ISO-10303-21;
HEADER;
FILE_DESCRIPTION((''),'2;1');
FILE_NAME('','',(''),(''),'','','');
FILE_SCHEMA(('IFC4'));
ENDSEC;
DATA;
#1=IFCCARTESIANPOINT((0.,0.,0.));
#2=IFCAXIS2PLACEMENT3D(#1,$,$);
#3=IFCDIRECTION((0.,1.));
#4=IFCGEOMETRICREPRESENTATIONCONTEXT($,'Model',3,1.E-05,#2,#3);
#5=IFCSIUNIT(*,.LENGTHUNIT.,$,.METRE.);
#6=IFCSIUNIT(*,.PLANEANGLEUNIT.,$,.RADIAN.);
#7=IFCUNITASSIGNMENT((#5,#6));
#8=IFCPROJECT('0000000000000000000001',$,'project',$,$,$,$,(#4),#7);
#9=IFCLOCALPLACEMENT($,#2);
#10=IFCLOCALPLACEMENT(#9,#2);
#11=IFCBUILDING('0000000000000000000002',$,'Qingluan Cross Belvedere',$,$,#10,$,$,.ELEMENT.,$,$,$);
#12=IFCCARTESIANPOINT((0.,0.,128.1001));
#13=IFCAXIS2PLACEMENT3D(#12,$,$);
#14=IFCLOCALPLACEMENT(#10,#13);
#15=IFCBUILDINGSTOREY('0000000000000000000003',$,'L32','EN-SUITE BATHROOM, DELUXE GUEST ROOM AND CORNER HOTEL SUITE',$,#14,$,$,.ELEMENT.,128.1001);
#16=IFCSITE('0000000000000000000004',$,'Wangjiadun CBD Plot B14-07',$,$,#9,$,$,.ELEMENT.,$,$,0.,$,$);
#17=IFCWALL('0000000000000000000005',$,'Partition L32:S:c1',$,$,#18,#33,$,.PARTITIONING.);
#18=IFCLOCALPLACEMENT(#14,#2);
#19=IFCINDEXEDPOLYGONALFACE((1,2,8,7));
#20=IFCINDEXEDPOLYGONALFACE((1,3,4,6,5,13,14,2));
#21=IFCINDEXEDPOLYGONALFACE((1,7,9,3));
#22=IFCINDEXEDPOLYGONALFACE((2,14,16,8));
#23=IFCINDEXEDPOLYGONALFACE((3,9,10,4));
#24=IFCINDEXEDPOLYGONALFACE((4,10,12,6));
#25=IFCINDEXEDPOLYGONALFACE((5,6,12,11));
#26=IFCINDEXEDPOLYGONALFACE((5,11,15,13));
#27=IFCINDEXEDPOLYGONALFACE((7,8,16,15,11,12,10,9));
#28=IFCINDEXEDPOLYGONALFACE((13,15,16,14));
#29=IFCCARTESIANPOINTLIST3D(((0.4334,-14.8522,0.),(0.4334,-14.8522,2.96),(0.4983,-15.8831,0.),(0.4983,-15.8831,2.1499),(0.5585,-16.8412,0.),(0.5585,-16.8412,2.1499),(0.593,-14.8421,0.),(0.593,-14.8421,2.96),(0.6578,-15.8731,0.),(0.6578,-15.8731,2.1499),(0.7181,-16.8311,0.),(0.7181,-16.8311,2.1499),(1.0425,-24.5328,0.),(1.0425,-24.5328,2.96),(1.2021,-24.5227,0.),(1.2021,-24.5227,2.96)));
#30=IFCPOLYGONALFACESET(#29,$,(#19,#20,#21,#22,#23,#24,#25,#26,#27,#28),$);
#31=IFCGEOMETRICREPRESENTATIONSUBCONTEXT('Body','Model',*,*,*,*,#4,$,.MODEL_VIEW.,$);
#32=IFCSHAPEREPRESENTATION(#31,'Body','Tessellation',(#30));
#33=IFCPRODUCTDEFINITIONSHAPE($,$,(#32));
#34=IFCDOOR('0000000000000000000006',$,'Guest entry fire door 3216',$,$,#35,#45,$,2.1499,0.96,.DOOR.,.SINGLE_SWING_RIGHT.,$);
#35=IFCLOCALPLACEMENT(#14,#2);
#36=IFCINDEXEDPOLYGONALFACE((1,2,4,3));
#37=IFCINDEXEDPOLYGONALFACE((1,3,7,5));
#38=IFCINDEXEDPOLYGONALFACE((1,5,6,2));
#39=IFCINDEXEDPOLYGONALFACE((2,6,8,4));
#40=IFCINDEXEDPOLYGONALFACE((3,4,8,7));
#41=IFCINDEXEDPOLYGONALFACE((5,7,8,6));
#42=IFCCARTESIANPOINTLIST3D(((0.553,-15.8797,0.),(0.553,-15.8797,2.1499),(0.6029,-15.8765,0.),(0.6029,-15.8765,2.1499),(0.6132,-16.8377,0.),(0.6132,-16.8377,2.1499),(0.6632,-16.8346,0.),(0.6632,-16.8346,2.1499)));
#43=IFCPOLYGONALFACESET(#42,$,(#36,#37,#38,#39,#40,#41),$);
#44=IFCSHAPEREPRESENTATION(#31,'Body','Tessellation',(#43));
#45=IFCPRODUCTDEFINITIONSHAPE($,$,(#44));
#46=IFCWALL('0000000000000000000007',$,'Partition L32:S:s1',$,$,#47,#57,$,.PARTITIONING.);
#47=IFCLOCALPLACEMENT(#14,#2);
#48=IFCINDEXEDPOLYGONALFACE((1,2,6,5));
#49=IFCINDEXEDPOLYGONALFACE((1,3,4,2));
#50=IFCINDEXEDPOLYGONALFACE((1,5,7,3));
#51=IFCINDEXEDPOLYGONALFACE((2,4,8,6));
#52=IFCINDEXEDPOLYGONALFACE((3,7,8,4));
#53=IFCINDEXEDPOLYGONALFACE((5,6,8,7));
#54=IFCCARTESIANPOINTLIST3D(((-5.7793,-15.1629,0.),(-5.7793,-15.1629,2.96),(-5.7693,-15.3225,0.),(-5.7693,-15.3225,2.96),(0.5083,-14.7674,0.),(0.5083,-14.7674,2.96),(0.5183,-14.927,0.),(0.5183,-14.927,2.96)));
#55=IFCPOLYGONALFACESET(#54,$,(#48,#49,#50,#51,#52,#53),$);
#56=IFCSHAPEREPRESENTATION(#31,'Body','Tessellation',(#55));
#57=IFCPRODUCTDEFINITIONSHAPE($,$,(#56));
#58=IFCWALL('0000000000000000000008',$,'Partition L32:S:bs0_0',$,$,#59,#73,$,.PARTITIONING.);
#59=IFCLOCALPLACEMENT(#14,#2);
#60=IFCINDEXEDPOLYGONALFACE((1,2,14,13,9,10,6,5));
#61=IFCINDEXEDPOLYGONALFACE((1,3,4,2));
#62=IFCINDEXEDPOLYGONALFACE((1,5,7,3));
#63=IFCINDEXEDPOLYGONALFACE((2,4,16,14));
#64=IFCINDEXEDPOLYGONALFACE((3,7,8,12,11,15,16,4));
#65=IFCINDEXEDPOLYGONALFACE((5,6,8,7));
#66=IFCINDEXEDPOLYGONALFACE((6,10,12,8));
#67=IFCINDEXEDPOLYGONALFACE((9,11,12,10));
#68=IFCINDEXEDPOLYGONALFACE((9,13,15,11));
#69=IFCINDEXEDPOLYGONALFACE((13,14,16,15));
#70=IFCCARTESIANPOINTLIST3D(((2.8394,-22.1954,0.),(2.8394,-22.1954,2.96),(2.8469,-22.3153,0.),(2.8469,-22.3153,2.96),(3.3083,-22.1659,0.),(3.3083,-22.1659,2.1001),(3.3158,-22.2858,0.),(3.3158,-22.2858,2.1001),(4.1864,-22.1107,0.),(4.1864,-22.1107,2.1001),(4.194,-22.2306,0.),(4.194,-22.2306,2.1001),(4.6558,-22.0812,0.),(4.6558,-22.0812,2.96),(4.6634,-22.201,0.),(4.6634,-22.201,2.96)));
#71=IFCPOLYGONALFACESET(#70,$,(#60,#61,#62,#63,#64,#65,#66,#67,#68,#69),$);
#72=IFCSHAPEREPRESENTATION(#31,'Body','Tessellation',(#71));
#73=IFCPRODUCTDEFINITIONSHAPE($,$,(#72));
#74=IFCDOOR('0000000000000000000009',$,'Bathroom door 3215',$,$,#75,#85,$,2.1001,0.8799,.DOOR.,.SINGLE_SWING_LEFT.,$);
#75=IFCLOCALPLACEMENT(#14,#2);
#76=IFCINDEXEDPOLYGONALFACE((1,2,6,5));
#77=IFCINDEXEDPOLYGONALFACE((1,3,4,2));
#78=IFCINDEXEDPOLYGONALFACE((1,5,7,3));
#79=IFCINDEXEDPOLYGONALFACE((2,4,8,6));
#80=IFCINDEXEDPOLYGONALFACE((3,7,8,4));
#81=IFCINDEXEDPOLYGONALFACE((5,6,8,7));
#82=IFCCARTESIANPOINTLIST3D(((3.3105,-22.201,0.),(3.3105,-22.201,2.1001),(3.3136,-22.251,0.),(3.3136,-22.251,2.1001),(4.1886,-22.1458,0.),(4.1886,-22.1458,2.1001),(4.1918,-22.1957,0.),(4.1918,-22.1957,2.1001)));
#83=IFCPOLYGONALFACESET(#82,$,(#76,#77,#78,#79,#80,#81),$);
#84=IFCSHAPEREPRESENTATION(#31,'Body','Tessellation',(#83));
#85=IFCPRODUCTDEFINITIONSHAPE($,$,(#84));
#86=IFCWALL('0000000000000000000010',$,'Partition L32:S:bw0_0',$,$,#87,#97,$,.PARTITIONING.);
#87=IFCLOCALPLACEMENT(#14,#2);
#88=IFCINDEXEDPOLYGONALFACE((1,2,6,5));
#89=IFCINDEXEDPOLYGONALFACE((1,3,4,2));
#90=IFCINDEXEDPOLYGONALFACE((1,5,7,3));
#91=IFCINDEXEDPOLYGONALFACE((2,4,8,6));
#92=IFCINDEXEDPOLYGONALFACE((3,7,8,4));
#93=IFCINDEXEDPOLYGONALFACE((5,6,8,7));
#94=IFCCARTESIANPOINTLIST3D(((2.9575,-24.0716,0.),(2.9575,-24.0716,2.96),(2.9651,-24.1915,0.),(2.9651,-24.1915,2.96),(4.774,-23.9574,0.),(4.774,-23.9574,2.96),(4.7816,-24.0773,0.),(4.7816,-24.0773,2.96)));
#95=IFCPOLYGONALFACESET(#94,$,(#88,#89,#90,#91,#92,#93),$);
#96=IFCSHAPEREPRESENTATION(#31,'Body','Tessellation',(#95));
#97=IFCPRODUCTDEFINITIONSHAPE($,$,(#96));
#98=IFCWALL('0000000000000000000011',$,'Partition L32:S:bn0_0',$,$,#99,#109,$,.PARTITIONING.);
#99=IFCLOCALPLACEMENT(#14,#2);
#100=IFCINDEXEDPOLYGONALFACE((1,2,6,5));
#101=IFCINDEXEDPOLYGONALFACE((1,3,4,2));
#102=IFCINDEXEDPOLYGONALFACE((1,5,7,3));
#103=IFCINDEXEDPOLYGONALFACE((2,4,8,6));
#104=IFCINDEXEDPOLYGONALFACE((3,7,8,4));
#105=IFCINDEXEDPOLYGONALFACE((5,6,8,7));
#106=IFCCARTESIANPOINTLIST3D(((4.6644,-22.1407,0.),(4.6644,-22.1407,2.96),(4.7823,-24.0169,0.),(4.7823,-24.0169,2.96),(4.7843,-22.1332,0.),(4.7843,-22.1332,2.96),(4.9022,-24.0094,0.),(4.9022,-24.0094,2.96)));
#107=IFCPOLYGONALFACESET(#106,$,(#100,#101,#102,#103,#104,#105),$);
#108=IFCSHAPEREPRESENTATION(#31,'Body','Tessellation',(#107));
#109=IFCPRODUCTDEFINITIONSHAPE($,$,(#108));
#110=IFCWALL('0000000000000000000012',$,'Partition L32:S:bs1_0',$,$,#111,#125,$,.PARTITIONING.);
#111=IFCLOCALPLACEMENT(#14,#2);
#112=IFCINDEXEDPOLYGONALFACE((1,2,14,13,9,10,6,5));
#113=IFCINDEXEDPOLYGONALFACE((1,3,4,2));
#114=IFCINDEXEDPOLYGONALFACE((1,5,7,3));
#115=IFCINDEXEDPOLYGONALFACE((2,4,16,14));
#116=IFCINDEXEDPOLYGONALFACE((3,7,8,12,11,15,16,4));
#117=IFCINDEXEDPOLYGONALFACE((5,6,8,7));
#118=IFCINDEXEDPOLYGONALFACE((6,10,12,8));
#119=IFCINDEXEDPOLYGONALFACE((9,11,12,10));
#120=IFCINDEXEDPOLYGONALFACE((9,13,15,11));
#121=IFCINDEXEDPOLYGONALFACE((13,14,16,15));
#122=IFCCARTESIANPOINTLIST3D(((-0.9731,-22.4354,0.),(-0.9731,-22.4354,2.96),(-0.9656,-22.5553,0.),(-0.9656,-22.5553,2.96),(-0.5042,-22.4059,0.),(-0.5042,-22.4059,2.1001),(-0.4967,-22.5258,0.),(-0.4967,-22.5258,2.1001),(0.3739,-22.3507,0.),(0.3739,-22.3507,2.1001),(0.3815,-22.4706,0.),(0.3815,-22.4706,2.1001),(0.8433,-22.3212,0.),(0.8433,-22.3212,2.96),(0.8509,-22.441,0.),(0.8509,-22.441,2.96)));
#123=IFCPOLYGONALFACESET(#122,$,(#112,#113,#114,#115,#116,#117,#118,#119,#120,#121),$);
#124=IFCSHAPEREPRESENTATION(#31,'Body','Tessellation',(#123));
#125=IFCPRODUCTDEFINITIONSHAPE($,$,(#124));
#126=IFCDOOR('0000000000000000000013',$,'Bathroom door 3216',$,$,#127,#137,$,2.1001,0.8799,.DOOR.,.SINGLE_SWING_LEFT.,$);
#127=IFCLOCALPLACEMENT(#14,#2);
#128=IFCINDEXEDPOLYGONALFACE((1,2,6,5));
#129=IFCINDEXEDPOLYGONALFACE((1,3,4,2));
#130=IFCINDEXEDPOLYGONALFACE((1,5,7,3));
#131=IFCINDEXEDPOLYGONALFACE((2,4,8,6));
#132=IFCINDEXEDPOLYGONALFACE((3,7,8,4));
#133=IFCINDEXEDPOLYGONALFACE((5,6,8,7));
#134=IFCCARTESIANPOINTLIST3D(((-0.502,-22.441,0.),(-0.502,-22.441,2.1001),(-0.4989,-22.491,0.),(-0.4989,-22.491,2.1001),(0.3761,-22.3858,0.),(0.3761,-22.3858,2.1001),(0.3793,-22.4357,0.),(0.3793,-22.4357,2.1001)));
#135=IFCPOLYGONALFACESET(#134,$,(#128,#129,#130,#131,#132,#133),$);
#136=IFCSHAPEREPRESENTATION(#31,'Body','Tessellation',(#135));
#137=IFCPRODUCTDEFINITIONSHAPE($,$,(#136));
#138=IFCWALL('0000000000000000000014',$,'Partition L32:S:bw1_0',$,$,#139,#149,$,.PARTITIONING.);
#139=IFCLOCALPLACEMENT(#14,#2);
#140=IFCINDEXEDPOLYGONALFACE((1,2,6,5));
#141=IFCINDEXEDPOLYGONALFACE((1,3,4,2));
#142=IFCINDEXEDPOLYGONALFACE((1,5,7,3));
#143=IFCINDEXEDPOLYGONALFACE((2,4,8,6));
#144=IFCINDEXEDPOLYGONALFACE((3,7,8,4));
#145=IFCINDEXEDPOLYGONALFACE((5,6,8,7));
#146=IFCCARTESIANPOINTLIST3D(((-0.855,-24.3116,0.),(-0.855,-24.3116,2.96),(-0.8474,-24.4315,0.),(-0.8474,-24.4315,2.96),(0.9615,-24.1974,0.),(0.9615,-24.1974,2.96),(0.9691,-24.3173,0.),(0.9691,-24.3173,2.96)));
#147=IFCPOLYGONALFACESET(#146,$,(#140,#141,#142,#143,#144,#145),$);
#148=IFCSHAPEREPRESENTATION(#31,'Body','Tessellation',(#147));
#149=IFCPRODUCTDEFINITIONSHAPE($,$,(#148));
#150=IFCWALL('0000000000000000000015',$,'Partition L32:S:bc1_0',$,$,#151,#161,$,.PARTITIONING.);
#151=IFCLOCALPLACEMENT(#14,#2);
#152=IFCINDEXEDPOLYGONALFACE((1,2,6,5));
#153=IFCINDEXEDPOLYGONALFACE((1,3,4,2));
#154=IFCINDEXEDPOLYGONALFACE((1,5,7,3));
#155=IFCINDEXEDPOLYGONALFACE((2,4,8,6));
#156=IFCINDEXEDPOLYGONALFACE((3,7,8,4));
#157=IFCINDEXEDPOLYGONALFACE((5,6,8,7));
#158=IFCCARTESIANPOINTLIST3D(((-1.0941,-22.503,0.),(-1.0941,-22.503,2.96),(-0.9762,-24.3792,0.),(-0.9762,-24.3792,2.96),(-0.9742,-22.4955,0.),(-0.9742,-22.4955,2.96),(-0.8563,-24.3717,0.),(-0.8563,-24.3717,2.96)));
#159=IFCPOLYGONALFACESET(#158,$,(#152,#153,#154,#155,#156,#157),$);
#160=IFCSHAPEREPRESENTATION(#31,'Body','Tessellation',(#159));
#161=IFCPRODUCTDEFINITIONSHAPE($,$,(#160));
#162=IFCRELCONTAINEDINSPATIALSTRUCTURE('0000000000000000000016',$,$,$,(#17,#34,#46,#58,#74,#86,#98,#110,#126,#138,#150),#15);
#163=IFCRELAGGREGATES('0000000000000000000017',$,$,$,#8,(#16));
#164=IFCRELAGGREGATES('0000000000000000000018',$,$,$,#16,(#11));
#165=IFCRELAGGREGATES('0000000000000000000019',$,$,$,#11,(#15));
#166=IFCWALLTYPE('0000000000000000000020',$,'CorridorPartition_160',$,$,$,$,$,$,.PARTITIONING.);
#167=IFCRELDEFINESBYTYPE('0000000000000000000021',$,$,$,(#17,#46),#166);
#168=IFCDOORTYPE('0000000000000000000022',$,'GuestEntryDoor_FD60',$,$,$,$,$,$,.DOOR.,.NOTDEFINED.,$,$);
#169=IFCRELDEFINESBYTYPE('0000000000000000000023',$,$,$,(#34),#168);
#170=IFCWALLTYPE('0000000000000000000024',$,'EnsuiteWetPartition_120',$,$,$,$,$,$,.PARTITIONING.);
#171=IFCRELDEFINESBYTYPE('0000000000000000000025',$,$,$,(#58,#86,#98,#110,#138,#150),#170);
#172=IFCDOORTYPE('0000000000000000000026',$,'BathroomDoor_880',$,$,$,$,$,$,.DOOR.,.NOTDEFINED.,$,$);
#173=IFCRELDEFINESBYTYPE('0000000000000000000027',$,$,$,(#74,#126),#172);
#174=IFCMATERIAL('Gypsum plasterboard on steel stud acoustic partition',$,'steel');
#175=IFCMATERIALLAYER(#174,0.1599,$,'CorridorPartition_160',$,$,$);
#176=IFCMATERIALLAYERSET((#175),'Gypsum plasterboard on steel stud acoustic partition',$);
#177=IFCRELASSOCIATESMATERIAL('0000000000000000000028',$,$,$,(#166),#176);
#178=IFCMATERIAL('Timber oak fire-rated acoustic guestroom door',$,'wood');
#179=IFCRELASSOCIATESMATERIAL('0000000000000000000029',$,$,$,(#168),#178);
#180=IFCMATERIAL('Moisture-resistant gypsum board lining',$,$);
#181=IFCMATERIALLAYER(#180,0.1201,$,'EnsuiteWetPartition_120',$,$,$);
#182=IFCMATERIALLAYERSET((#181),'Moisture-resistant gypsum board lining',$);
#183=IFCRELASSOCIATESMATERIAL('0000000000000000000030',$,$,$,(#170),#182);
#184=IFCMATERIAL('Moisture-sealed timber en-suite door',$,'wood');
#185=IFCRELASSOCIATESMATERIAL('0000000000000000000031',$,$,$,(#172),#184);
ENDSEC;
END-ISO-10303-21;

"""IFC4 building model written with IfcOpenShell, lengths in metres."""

from ifc_helpers import new_model, si_unit, direction, frame, frame_2d, origin, place, context, subcontext, project, spatial, rectangle, extrude, material, layer, layer_set, type_object, element, fill, save


model = new_model("IFC4")

# Units and contexts
model_context = context("Model", 3, precision=1e-05, world=origin(), true_north=direction((0.0, 1.0)))
body_context = subcontext(model_context, "Body", "Model", "MODEL_VIEW")
ifc_project = project(units=[si_unit("LENGTHUNIT", "METRE"), si_unit("PLANEANGLEUNIT", "RADIAN")], contexts=[model_context])

# Site, building, storey
site_placement = place(None, origin())
site = spatial("IfcSite", under=ifc_project, at=site_placement, Name="Wangjiadun CBD Plot B14-07", CompositionType="ELEMENT", RefElevation=0.0)
building_placement = place(site_placement, origin())
building = spatial("IfcBuilding", under=site, at=building_placement, Name="Qingluan Cross Belvedere", CompositionType="ELEMENT")
storey_placement = place(building_placement, frame((0.0, 0.0, 128.1001)))
storey = spatial("IfcBuildingStorey", under=building, at=storey_placement, Name="L32", Description="EN-SUITE BATHROOM, DELUXE GUEST ROOM AND CORNER HOTEL SUITE", CompositionType="ELEMENT", Elevation=128.1001)

# Shared definitions
ifc_material_1 = material(Name="Gypsum plasterboard on steel stud acoustic partition", Category="steel")
ifc_layer_1 = layer(ifc_material_1, 0.1599, Name="CorridorPartition_160")
ifc_layer_set_1 = layer_set([ifc_layer_1], Name="Gypsum plasterboard on steel stud acoustic partition")
wall_type_1 = type_object("IfcWallType", Name="CorridorPartition_160", PredefinedType="PARTITIONING", material=ifc_layer_set_1)
ifc_material_2 = material(Name="Timber oak fire-rated acoustic guestroom door", Category="wood")
door_type_1 = type_object("IfcDoorType", Name="GuestEntryDoor_FD60", OperationType="NOTDEFINED", PredefinedType="DOOR", material=ifc_material_2)

# Wall, opening, door
wall_1_placement = place(storey_placement, frame((0.5132, -14.8472, 0.0), z_axis=(0.0, 0.0, 1.0), x_axis=(0.062798, -0.998026, 0.0)))
wall_1 = element("IfcWall", 1, at=wall_1_placement, inside=storey, type_object=wall_type_1, Name="Partition L32:S:c1", PredefinedType="PARTITIONING", context=body_context, shape_type="SweptSolid", body=[
    extrude(rectangle(XDim=9.6997, YDim=0.1599, at=frame_2d((4.8499, 0.0))), origin(), (0.0, 0.0, 1.0), 2.96),
])
opening_1_placement = place(wall_1_placement, frame((1.033, 0.0, 0.0)))
opening_1 = element("IfcOpeningElement", 2, at=opening_1_placement, cuts=wall_1, PredefinedType="OPENING", context=body_context, shape_type="SweptSolid", body=[
    extrude(rectangle(XDim=0.96, YDim=2.1499, at=frame_2d((0.48, 1.075))), frame((0.0, 0.0898, 0.0), z_axis=(0.0, -1.0, 0.0), x_axis=(1.0, 0.0, 0.0)), (0.0, 0.0, 1.0), 0.1799),
])
door_1_placement = place(opening_1_placement, origin())
door_1 = element("IfcDoor", 3, at=door_1_placement, inside=storey, type_object=door_type_1, Name="Guest entry fire door 3216", OperationType="SINGLE_SWING_RIGHT", OverallHeight=2.1499, OverallWidth=0.96, PredefinedType="DOOR", context=body_context, shape_type="SweptSolid", body=[
    extrude(rectangle(XDim=0.96, YDim=2.1499, at=frame_2d((0.48, 1.075))), frame((0.0, 0.0249, 0.0), z_axis=(0.0, -1.0, 0.0), x_axis=(1.0, 0.0, 0.0)), (0.0, 0.0, 1.0), 0.05),
])
fill(opening_1, door_1)

# Wall
wall_2_placement = place(storey_placement, frame((0.5132, -14.8472, 0.0), z_axis=(0.0, 0.0, 1.0), x_axis=(-0.998027, -0.062779, 0.0)))
element("IfcWall", 4, at=wall_2_placement, inside=storey, type_object=wall_type_1, Name="Partition L32:S:s1", PredefinedType="PARTITIONING", context=body_context, shape_type="SweptSolid", body=[
    extrude(rectangle(XDim=6.3, YDim=0.1599, at=frame_2d((3.1499, 0.0))), origin(), (0.0, 0.0, 1.0), 2.96),
])

# Wall, opening, door
ifc_material_3 = material(Name="Moisture-resistant gypsum board lining")
ifc_layer_2 = layer(ifc_material_3, 0.1201, Name="EnsuiteWetPartition_120")
ifc_layer_set_2 = layer_set([ifc_layer_2], Name="Moisture-resistant gypsum board lining")
wall_type_2 = type_object("IfcWallType", Name="EnsuiteWetPartition_120", PredefinedType="PARTITIONING", material=ifc_layer_set_2)
wall_3_placement = place(storey_placement, frame((2.843, -22.2554, 0.0), z_axis=(0.0, 0.0, 1.0), x_axis=(0.998027, 0.062779, 0.0)))
wall_3 = element("IfcWall", 5, at=wall_3_placement, inside=storey, type_object=wall_type_2, Name="Partition L32:S:bs0_0", PredefinedType="PARTITIONING", context=body_context, shape_type="SweptSolid", body=[
    extrude(rectangle(XDim=1.8201, YDim=0.1201, at=frame_2d((0.9102, 0.0))), origin(), (0.0, 0.0, 1.0), 2.96),
])
opening_2_placement = place(wall_3_placement, frame((0.47, 0.0, 0.0)))
opening_2 = element("IfcOpeningElement", 6, at=opening_2_placement, cuts=wall_3, PredefinedType="OPENING", context=body_context, shape_type="SweptSolid", body=[
    extrude(rectangle(XDim=0.8799, YDim=2.1001, at=frame_2d((0.4399, 1.05))), frame((0.0, 0.0701, 0.0), z_axis=(0.0, -1.0, 0.0), x_axis=(1.0, 0.0, 0.0)), (0.0, 0.0, 1.0), 0.1401),
])
ifc_material_4 = material(Name="Moisture-sealed timber en-suite door", Category="wood")
door_type_2 = type_object("IfcDoorType", Name="BathroomDoor_880", OperationType="NOTDEFINED", PredefinedType="DOOR", material=ifc_material_4)
door_2_placement = place(opening_2_placement, origin())
door_2 = element("IfcDoor", 7, at=door_2_placement, inside=storey, type_object=door_type_2, Name="Bathroom door 3215", OperationType="SINGLE_SWING_LEFT", OverallHeight=2.1001, OverallWidth=0.8799, PredefinedType="DOOR", context=body_context, shape_type="SweptSolid", body=[
    extrude(rectangle(XDim=0.8799, YDim=2.1001, at=frame_2d((0.4399, 1.05))), frame((0.0, 0.0249, 0.0), z_axis=(0.0, -1.0, 0.0), x_axis=(1.0, 0.0, 0.0)), (0.0, 0.0, 1.0), 0.05),
])
fill(opening_2, door_2)

# Walls
wall_4_placement = place(storey_placement, frame((2.9612, -24.1316, 0.0), z_axis=(0.0, 0.0, 1.0), x_axis=(0.998027, 0.062779, 0.0)))
element("IfcWall", 8, at=wall_4_placement, inside=storey, type_object=wall_type_2, Name="Partition L32:S:bw0_0", PredefinedType="PARTITIONING", context=body_context, shape_type="SweptSolid", body=[
    extrude(rectangle(XDim=1.8201, YDim=0.1201, at=frame_2d((0.9102, 0.0))), origin(), (0.0, 0.0, 1.0), 2.96),
])
wall_5_placement = place(storey_placement, frame((4.7244, -22.137, 0.0), z_axis=(0.0, 0.0, 1.0), x_axis=(0.062726, -0.998031, 0.0)))
element("IfcWall", 9, at=wall_5_placement, inside=storey, type_object=wall_type_2, Name="Partition L32:S:bn0_0", PredefinedType="PARTITIONING", context=body_context, shape_type="SweptSolid", body=[
    extrude(rectangle(XDim=1.8799, YDim=0.1201, at=frame_2d((0.9399, 0.0))), origin(), (0.0, 0.0, 1.0), 2.96),
])

# Wall, opening, door
wall_6_placement = place(storey_placement, frame((-0.9695, -22.4954, 0.0), z_axis=(0.0, 0.0, 1.0), x_axis=(0.998027, 0.062779, 0.0)))
wall_6 = element("IfcWall", 10, at=wall_6_placement, inside=storey, type_object=wall_type_2, Name="Partition L32:S:bs1_0", PredefinedType="PARTITIONING", context=body_context, shape_type="SweptSolid", body=[
    extrude(rectangle(XDim=1.8201, YDim=0.1201, at=frame_2d((0.9102, 0.0))), origin(), (0.0, 0.0, 1.0), 2.96),
])
opening_3_placement = place(wall_6_placement, frame((0.47, 0.0, 0.0)))
opening_3 = element("IfcOpeningElement", 11, at=opening_3_placement, cuts=wall_6, PredefinedType="OPENING", context=body_context, shape_type="SweptSolid", body=[
    extrude(rectangle(XDim=0.8799, YDim=2.1001, at=frame_2d((0.4399, 1.05))), frame((0.0, 0.0701, 0.0), z_axis=(0.0, -1.0, 0.0), x_axis=(1.0, 0.0, 0.0)), (0.0, 0.0, 1.0), 0.1401),
])
door_3_placement = place(opening_3_placement, origin())
door_3 = element("IfcDoor", 12, at=door_3_placement, inside=storey, type_object=door_type_2, Name="Bathroom door 3216", OperationType="SINGLE_SWING_LEFT", OverallHeight=2.1001, OverallWidth=0.8799, PredefinedType="DOOR", context=body_context, shape_type="SweptSolid", body=[
    extrude(rectangle(XDim=0.8799, YDim=2.1001, at=frame_2d((0.4399, 1.05))), frame((0.0, 0.0249, 0.0), z_axis=(0.0, -1.0, 0.0), x_axis=(1.0, 0.0, 0.0)), (0.0, 0.0, 1.0), 0.05),
])
fill(opening_3, door_3)

# Walls
wall_7_placement = place(storey_placement, frame((-0.8513, -24.3716, 0.0), z_axis=(0.0, 0.0, 1.0), x_axis=(0.998027, 0.062779, 0.0)))
element("IfcWall", 13, at=wall_7_placement, inside=storey, type_object=wall_type_2, Name="Partition L32:S:bw1_0", PredefinedType="PARTITIONING", context=body_context, shape_type="SweptSolid", body=[
    extrude(rectangle(XDim=1.8201, YDim=0.1201, at=frame_2d((0.9102, 0.0))), origin(), (0.0, 0.0, 1.0), 2.96),
])
wall_8_placement = place(storey_placement, frame((-1.0342, -22.4993, 0.0), z_axis=(0.0, 0.0, 1.0), x_axis=(0.062726, -0.998031, 0.0)))
element("IfcWall", 14, at=wall_8_placement, inside=storey, type_object=wall_type_2, Name="Partition L32:S:bc1_0", PredefinedType="PARTITIONING", context=body_context, shape_type="SweptSolid", body=[
    extrude(rectangle(XDim=1.8799, YDim=0.1201, at=frame_2d((0.9399, 0.0))), origin(), (0.0, 0.0, 1.0), 2.96),
])

save(model, "model.ifc")
